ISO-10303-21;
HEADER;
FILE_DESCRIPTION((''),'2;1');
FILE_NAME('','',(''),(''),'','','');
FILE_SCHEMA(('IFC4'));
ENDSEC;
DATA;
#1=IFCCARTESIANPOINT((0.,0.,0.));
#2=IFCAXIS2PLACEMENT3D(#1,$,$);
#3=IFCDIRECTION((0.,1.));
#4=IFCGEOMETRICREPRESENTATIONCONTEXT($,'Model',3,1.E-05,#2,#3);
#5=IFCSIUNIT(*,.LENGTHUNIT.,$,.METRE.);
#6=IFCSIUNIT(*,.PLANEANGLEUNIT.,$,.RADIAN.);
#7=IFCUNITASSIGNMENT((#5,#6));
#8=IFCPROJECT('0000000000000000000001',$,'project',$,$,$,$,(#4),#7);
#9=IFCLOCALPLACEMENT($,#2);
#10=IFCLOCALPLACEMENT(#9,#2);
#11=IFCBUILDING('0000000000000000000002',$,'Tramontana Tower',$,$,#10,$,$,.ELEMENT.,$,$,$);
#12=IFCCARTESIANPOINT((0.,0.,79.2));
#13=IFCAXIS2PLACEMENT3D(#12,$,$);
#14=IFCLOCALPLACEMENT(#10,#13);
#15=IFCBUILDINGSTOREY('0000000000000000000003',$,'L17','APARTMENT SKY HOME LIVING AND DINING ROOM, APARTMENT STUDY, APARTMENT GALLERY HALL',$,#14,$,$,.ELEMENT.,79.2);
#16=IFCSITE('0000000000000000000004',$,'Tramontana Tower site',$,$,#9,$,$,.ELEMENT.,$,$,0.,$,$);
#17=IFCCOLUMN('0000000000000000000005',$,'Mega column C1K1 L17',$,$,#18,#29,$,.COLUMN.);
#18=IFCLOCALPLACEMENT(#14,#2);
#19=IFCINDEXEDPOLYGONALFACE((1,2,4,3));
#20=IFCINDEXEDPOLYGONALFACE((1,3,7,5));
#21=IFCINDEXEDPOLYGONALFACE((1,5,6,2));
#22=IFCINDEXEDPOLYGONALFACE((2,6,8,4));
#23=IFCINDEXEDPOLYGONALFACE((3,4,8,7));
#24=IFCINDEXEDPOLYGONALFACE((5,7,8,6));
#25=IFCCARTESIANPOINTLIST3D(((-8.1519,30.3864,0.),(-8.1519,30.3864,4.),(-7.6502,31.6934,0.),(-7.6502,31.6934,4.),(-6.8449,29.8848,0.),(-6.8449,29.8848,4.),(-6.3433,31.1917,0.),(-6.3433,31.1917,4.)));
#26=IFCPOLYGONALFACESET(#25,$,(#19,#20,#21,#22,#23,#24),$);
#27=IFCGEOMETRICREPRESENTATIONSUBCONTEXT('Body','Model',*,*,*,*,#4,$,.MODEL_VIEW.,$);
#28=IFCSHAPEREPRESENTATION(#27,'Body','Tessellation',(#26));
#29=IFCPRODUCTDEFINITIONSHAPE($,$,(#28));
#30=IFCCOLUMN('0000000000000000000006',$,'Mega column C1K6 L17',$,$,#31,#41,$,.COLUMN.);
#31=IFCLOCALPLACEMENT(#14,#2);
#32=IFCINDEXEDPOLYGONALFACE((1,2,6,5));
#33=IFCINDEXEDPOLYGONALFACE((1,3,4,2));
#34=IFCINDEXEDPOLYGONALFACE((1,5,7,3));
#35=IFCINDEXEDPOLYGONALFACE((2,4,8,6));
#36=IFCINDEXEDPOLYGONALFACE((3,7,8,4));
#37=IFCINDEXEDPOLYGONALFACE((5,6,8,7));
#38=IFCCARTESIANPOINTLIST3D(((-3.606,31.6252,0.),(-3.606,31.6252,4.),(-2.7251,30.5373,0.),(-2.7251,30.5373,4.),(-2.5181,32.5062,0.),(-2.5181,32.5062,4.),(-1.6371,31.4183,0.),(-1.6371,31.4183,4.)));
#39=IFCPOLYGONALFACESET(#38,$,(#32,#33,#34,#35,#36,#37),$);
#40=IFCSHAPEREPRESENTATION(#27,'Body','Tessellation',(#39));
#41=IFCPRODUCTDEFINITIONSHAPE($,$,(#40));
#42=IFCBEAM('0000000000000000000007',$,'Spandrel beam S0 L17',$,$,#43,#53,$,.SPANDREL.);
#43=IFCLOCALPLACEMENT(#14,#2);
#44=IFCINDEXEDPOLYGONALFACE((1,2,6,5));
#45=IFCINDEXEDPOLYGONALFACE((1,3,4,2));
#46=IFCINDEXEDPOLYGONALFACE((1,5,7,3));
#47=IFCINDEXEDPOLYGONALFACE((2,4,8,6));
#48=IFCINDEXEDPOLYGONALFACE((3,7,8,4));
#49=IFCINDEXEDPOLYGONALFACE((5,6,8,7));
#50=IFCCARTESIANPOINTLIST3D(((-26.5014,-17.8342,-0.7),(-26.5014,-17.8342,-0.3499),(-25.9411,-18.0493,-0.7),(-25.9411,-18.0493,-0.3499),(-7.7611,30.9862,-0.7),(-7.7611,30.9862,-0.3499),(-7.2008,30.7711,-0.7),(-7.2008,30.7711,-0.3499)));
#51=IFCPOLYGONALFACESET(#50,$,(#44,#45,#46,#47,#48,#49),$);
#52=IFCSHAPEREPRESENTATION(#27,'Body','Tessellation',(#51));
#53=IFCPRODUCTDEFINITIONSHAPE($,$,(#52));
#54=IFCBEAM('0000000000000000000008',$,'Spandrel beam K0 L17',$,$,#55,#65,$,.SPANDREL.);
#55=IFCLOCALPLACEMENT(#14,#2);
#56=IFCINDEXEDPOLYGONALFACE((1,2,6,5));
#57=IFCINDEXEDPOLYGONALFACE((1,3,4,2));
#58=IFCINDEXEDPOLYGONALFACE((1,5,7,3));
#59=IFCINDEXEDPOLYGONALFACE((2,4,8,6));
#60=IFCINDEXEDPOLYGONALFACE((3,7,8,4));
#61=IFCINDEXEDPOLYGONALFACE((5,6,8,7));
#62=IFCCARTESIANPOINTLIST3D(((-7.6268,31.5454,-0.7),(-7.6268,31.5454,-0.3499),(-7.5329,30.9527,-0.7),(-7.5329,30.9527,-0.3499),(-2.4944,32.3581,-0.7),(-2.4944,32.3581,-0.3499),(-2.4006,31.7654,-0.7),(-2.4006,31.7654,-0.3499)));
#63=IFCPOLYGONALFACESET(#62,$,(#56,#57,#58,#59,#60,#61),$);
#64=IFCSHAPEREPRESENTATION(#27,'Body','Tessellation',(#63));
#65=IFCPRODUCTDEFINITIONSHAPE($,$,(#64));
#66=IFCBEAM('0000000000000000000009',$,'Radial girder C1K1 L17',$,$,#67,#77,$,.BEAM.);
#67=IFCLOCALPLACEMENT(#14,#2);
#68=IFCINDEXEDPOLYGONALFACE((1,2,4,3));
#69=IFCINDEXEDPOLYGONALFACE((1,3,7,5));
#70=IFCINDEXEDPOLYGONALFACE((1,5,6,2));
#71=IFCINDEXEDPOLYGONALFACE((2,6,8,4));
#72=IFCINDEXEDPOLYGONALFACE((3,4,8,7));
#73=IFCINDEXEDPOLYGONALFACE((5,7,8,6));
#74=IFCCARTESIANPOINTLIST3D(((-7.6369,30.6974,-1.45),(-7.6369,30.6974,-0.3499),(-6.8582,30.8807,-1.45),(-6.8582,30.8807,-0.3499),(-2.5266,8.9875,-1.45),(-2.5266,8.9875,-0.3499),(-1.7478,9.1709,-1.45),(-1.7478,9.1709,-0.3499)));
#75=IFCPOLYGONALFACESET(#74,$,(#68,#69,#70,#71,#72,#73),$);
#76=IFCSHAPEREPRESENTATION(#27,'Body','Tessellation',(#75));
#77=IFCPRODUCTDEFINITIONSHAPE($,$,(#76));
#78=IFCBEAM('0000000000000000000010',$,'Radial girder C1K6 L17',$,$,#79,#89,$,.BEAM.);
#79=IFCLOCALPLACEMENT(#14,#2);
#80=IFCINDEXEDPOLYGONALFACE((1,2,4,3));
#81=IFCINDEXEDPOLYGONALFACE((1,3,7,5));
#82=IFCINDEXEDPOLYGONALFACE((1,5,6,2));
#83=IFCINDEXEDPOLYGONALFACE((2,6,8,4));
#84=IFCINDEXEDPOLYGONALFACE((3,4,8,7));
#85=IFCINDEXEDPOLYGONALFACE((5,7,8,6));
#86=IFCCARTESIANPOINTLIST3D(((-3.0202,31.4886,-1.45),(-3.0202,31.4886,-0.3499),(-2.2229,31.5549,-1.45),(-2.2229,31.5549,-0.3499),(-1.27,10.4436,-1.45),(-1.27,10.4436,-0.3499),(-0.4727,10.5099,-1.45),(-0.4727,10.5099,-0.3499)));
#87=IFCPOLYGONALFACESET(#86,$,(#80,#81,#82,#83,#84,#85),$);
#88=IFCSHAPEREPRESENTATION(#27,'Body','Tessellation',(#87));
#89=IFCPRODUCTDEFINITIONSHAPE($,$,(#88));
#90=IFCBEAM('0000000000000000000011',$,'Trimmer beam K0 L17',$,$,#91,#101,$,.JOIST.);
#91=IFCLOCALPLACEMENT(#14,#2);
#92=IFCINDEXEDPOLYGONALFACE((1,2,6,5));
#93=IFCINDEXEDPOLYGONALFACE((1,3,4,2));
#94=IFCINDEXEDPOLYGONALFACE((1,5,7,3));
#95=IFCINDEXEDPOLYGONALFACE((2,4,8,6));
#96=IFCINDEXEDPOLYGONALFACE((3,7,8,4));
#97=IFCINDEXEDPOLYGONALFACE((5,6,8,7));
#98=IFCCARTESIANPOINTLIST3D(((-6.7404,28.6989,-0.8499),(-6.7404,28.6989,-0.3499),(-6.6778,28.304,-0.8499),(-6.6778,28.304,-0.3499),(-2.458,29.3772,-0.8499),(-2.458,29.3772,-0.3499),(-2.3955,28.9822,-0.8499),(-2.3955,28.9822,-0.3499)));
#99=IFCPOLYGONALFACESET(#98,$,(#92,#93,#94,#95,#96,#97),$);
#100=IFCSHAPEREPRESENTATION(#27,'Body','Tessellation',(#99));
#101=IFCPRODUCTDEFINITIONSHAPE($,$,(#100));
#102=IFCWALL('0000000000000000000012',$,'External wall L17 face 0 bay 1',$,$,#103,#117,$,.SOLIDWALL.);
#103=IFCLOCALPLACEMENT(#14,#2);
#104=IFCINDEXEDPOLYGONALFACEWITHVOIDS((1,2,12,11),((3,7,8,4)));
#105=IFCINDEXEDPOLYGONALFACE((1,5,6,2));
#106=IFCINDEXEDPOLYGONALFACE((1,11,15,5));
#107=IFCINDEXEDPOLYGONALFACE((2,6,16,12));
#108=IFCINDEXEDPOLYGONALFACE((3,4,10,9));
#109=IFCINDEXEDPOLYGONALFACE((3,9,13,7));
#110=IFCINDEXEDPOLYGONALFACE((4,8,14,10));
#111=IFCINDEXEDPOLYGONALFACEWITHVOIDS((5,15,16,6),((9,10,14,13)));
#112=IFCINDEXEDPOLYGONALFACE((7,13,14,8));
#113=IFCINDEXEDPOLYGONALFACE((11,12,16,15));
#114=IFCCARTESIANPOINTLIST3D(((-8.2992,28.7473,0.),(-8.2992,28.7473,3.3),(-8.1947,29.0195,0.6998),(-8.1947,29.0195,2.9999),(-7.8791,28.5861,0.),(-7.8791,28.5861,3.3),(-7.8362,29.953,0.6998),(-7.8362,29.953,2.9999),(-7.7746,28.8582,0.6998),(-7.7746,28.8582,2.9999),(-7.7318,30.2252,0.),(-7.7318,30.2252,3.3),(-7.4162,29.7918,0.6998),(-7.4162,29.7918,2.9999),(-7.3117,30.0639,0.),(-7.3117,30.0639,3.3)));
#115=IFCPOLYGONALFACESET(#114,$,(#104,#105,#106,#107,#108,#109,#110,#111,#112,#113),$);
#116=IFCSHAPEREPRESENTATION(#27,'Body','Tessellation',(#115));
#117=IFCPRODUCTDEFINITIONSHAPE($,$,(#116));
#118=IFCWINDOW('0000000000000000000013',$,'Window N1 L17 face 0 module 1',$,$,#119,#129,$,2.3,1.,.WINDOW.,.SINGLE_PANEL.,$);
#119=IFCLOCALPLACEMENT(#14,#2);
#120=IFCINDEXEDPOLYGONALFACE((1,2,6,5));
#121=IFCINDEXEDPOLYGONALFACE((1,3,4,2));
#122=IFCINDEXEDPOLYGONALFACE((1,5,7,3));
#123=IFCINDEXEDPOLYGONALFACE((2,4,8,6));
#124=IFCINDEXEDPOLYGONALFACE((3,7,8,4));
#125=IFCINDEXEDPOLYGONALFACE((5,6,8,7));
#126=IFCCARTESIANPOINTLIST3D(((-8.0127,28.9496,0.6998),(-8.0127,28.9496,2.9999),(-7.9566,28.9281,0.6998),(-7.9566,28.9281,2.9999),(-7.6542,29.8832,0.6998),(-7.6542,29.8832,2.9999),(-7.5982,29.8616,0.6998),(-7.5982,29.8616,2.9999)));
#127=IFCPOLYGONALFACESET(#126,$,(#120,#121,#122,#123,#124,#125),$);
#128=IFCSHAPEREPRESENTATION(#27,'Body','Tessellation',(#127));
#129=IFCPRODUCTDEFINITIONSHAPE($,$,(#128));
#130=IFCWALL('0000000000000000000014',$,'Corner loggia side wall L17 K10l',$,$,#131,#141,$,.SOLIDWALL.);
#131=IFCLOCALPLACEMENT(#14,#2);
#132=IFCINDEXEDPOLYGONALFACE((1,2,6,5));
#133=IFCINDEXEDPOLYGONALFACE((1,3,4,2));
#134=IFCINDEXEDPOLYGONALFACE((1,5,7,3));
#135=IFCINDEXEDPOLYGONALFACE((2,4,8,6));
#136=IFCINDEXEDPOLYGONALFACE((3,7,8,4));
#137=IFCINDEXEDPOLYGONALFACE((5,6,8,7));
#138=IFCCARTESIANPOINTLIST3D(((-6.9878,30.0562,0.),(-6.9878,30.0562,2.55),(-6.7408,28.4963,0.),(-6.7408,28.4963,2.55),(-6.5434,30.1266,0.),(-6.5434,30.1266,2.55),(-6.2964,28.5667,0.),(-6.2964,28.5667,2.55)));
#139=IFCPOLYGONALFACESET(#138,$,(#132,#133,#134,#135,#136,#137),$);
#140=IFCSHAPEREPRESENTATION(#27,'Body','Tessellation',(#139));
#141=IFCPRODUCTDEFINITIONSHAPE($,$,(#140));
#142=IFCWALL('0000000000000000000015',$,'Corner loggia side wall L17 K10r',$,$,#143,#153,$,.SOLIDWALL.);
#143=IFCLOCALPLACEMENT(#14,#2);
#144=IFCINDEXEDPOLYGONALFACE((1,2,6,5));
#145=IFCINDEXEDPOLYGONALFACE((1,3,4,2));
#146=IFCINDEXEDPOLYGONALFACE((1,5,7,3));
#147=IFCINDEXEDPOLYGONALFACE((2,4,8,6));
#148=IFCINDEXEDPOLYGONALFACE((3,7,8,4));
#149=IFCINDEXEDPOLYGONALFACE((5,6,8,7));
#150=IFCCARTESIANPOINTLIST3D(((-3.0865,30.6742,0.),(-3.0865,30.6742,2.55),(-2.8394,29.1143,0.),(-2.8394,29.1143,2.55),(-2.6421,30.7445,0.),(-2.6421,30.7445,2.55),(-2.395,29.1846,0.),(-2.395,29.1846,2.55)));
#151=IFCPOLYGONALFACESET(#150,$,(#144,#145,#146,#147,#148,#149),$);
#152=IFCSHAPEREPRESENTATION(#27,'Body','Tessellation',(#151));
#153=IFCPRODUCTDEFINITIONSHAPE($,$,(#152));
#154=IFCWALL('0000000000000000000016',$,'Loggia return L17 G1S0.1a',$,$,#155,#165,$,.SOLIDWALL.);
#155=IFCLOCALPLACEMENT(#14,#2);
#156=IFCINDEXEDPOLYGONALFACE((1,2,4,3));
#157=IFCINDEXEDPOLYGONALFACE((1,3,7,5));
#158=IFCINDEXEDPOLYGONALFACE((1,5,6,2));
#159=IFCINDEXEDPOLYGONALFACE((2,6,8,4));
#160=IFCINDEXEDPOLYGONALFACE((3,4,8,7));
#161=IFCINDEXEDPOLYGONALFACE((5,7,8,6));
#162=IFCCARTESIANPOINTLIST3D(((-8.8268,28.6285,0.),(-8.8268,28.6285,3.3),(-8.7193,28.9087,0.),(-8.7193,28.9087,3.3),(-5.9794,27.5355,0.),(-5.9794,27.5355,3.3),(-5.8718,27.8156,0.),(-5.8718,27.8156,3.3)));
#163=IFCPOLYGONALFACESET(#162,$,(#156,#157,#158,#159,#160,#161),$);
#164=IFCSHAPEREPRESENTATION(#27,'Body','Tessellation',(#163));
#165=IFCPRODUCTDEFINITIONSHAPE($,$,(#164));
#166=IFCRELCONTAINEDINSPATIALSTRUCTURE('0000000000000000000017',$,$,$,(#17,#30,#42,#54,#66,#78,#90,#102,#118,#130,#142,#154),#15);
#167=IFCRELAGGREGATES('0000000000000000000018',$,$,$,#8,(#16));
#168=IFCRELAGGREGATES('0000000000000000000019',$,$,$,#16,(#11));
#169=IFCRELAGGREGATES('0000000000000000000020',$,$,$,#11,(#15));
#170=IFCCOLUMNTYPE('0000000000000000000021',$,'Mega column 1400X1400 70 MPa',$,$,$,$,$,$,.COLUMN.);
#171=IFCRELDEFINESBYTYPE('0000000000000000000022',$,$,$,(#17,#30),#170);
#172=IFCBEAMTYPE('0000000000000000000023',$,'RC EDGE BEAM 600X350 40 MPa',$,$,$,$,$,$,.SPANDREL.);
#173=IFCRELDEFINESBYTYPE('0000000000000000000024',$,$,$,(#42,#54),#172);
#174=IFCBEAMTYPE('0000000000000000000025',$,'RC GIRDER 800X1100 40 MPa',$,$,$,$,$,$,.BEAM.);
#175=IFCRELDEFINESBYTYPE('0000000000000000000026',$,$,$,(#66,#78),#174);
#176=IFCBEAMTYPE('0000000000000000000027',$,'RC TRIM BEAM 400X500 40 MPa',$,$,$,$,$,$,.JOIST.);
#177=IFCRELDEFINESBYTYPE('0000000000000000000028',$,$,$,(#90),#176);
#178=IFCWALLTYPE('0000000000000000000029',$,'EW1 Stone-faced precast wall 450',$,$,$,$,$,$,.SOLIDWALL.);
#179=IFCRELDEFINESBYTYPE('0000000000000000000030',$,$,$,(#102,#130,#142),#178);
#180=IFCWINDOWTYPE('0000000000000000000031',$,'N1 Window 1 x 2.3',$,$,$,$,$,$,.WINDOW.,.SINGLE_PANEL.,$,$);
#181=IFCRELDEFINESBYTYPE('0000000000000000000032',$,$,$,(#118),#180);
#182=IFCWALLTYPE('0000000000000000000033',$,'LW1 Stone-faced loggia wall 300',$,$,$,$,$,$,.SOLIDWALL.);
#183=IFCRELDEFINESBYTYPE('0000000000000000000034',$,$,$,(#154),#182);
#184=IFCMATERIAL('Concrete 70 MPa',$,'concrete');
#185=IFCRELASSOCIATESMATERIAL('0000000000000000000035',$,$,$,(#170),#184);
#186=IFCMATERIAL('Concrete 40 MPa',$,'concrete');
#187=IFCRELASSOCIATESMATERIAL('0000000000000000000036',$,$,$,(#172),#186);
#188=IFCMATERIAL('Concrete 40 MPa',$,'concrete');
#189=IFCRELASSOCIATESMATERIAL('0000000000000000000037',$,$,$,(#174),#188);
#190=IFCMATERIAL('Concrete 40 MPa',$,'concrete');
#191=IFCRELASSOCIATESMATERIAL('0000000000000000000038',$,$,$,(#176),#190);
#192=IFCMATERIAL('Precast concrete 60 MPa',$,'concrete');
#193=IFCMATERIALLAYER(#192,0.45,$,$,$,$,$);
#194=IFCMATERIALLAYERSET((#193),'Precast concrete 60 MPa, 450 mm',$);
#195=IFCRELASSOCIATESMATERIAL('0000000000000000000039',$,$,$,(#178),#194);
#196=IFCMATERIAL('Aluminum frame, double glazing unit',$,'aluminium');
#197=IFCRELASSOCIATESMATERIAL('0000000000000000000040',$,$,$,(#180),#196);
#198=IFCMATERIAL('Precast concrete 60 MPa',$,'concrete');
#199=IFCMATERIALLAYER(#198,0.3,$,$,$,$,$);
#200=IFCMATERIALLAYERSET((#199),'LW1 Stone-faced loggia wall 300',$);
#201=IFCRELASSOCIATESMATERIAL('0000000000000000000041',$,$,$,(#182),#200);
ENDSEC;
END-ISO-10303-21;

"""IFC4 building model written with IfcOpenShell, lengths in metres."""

from ifc_helpers import new_model, si_unit, direction, frame, frame_2d, origin, origin_2d, place, context, subcontext, project, spatial, rectangle, extrude, material, layer, layer_set, material_profile, profile_set, type_object, element, fill, save


model = new_model("IFC4")

# Units and contexts
model_context = context("Model", 3, precision=1e-05, world=origin(), true_north=direction((0.0, 1.0)))
body_context = subcontext(model_context, "Body", "Model", "MODEL_VIEW")
ifc_project = project(units=[si_unit("LENGTHUNIT", "METRE"), si_unit("PLANEANGLEUNIT", "RADIAN")], contexts=[model_context])

# Site, building, storey
site_placement = place(None, origin())
site = spatial("IfcSite", under=ifc_project, at=site_placement, Name="Tramontana Tower site", CompositionType="ELEMENT", RefElevation=0.0)
building_placement = place(site_placement, origin())
building = spatial("IfcBuilding", under=site, at=building_placement, Name="Tramontana Tower", CompositionType="ELEMENT")
storey_placement = place(building_placement, frame((0.0, 0.0, 79.2)))
storey = spatial("IfcBuildingStorey", under=building, at=storey_placement, Name="L17", Description="APARTMENT SKY HOME LIVING AND DINING ROOM, APARTMENT STUDY, APARTMENT GALLERY HALL", CompositionType="ELEMENT", Elevation=79.2)

# Columns
ifc_material_1 = material(Name="Concrete 70 MPa", Category="concrete")
ifc_material_profile_1 = material_profile(ifc_material_1, rectangle(XDim=1.3999, YDim=1.3999, at=origin_2d()), Name="Mega column 1400X1400 70 MPa")
ifc_profile_set_1 = profile_set([ifc_material_profile_1], Name="Concrete 70 MPa")
column_type = type_object("IfcColumnType", Name="Mega column 1400X1400 70 MPa", PredefinedType="COLUMN", material=ifc_profile_set_1)
for number, where, z_axis, x_axis, name in (
    (1, (-7.2476, 30.7891, 0.0), (0.0, 0.0, 1.0), (-0.358368, -0.93358, 0.0), "Mega column C1K1 L17"),
    (2, (-2.6216, 31.5217, 0.0), (0.0, 0.0, 1.0), (-0.62932, 0.777146, 0.0), "Mega column C1K6 L17"),
):
    element("IfcColumn", number, at=place(storey_placement, frame(where, z_axis=z_axis, x_axis=x_axis)), inside=storey, type_object=column_type, Name=name, PredefinedType="COLUMN", context=body_context, shape_type="SweptSolid", body=[
        extrude(rectangle(XDim=1.3999, YDim=1.3999, at=origin_2d()), origin(), (0.0, 0.0, 1.0), 4.0),
    ])

# Beams
ifc_material_2 = material(Name="Concrete 40 MPa", Category="concrete")
ifc_material_profile_2 = material_profile(ifc_material_2, rectangle(XDim=0.6001, YDim=0.3501, at=origin_2d()), Name="RC EDGE BEAM 600X350 40 MPa")
ifc_profile_set_2 = profile_set([ifc_material_profile_2], Name="Concrete 40 MPa")
beam_type_1 = type_object("IfcBeamType", Name="RC EDGE BEAM 600X350 40 MPa", PredefinedType="SPANDREL", material=ifc_profile_set_2)
beam_1_placement = place(storey_placement, frame((-7.481, 30.8787, -0.5249), z_axis=(-0.358366, -0.933581, 0.0), x_axis=(0.933581, -0.358366, 0.0)))
element("IfcBeam", 3, at=beam_1_placement, inside=storey, type_object=beam_type_1, Name="Spandrel beam S0 L17", PredefinedType="SPANDREL", context=body_context, shape_type="SweptSolid", body=[
    extrude(rectangle(XDim=0.6001, YDim=0.3501, at=origin_2d()), origin(), (0.0, 0.0, 1.0), 52.2937),
])
beam_2_placement = place(storey_placement, frame((-2.4475, 32.0618, -0.5249), z_axis=(-0.987692, -0.156409, 0.0), x_axis=(0.156409, -0.987692, 0.0)))
element("IfcBeam", 4, at=beam_2_placement, inside=storey, type_object=beam_type_1, Name="Spandrel beam K0 L17", PredefinedType="SPANDREL", context=body_context, shape_type="SweptSolid", body=[
    extrude(rectangle(XDim=0.6001, YDim=0.3501, at=origin_2d()), origin(), (0.0, 0.0, 1.0), 5.1963),
])
ifc_material_3 = material(Name="Concrete 40 MPa", Category="concrete")
ifc_material_profile_3 = material_profile(ifc_material_3, rectangle(XDim=0.8, YDim=1.1001, at=origin_2d()), Name="RC GIRDER 800X1100 40 MPa")
ifc_profile_set_3 = profile_set([ifc_material_profile_3], Name="Concrete 40 MPa")
beam_type_2 = type_object("IfcBeamType", Name="RC GIRDER 800X1100 40 MPa", PredefinedType="BEAM", material=ifc_profile_set_3)
beam_3_placement = place(storey_placement, frame((-7.2476, 30.7891, -0.8999), z_axis=(0.22913, -0.973396, 0.0), x_axis=(0.973396, 0.22913, 0.0)))
element("IfcBeam", 5, at=beam_3_placement, inside=storey, type_object=beam_type_2, Name="Radial girder C1K1 L17", PredefinedType="BEAM", context=body_context, shape_type="SweptSolid", body=[
    extrude(rectangle(XDim=0.8, YDim=1.1001, at=origin_2d()), origin(), (0.0, 0.0, 1.0), 22.3032),
])
beam_4_placement = place(storey_placement, frame((-2.6216, 31.5217, -0.8999), z_axis=(0.082881, -0.996559, 0.0), x_axis=(0.996559, 0.082881, 0.0)))
element("IfcBeam", 6, at=beam_4_placement, inside=storey, type_object=beam_type_2, Name="Radial girder C1K6 L17", PredefinedType="BEAM", context=body_context, shape_type="SweptSolid", body=[
    extrude(rectangle(XDim=0.8, YDim=1.1001, at=origin_2d()), origin(), (0.0, 0.0, 1.0), 21.1177),
])
ifc_material_4 = material(Name="Concrete 40 MPa", Category="concrete")
ifc_material_profile_4 = material_profile(ifc_material_4, rectangle(XDim=0.3999, YDim=0.5, at=origin_2d()), Name="RC TRIM BEAM 400X500 40 MPa")
ifc_profile_set_4 = profile_set([ifc_material_profile_4], Name="Concrete 40 MPa")
beam_type_3 = type_object("IfcBeamType", Name="RC TRIM BEAM 400X500 40 MPa", PredefinedType="JOIST", material=ifc_profile_set_4)
beam_5_placement = place(storey_placement, frame((-2.4268, 29.1797, -0.5999), z_axis=(-0.987689, -0.156431, 0.0), x_axis=(0.156431, -0.987689, 0.0)))
element("IfcBeam", 7, at=beam_5_placement, inside=storey, type_object=beam_type_3, Name="Trimmer beam K0 L17", PredefinedType="JOIST", context=body_context, shape_type="SweptSolid", body=[
    extrude(rectangle(XDim=0.3999, YDim=0.5, at=origin_2d()), origin(), (0.0, 0.0, 1.0), 4.3357),
])

# Wall, opening, window
ifc_material_5 = material(Name="Precast concrete 60 MPa", Category="concrete")
ifc_layer_1 = layer(ifc_material_5, 0.45)
ifc_layer_set_1 = layer_set([ifc_layer_1], Name="Precast concrete 60 MPa, 450 mm")
wall_type_1 = type_object("IfcWallType", Name="EW1 Stone-faced precast wall 450", PredefinedType="SOLIDWALL", material=ifc_layer_set_1)
wall_1_placement = place(storey_placement, frame((-7.5217, 30.1445, 0.0), z_axis=(0.0, 0.0, 1.0), x_axis=(-0.358431, -0.933556, 0.0)))
wall_1 = element("IfcWall", 8, at=wall_1_placement, inside=storey, type_object=wall_type_1, Name="External wall L17 face 0 bay 1", PredefinedType="SOLIDWALL", context=body_context, shape_type="SweptSolid", body=[
    extrude(rectangle(XDim=1.583, YDim=0.45, at=frame_2d((0.7915, 0.0))), origin(), (0.0, 0.0, 1.0), 3.3),
])
opening_1_placement = place(wall_1_placement, frame((0.2915, 0.0, 0.7)))
opening_1 = element("IfcOpeningElement", 9, at=opening_1_placement, cuts=wall_1, PredefinedType="OPENING", context=body_context, shape_type="SweptSolid", body=[
    extrude(rectangle(XDim=1.0, YDim=2.3, at=frame_2d((0.5, 1.1499))), frame((0.0, 0.2349, 0.0), z_axis=(0.0, -1.0, 0.0), x_axis=(1.0, 0.0, 0.0)), (0.0, 0.0, 1.0), 0.47),
])
ifc_material_6 = material(Name="Aluminum frame, double glazing unit", Category="aluminium")
window_type = type_object("IfcWindowType", Name="N1 Window 1 x 2.3", PartitioningType="SINGLE_PANEL", PredefinedType="WINDOW", material=ifc_material_6)
window_placement = place(opening_1_placement, origin())
window = element("IfcWindow", 10, at=window_placement, inside=storey, type_object=window_type, Name="Window N1 L17 face 0 module 1", OverallHeight=2.3, OverallWidth=1.0, PartitioningType="SINGLE_PANEL", PredefinedType="WINDOW", context=body_context, shape_type="SweptSolid", body=[
    extrude(rectangle(XDim=1.0, YDim=2.3, at=frame_2d((0.5, 1.1499))), frame((0.0, 0.03, 0.0), z_axis=(0.0, -1.0, 0.0), x_axis=(1.0, 0.0, 0.0)), (0.0, 0.0, 1.0), 0.0601),
])
fill(opening_1, window)

# Walls
for number, where, z_axis, x_axis, name in (
    (11, (-6.7656, 30.0913, 0.0), (0.0, 0.0, 1.0), (0.156447, -0.987686, 0.0), "Corner loggia side wall L17 K10l"),
    (12, (-2.8643, 30.7092, 0.0), (0.0, 0.0, 1.0), (0.156447, -0.987686, 0.0), "Corner loggia side wall L17 K10r"),
):
    element("IfcWall", number, at=place(storey_placement, frame(where, z_axis=z_axis, x_axis=x_axis)), inside=storey, type_object=wall_type_1, Name=name, PredefinedType="SOLIDWALL", context=body_context, shape_type="SweptSolid", body=[
        extrude(rectangle(XDim=1.5793, YDim=0.45, at=frame_2d((0.7896, 0.0))), origin(), (0.0, 0.0, 1.0), 2.55),
    ])

# Wall
ifc_material_7 = material(Name="Precast concrete 60 MPa", Category="concrete")
ifc_layer_2 = layer(ifc_material_7, 0.3)
ifc_layer_set_2 = layer_set([ifc_layer_2], Name="LW1 Stone-faced loggia wall 300")
wall_type_2 = type_object("IfcWallType", Name="LW1 Stone-faced loggia wall 300", PredefinedType="SOLIDWALL", material=ifc_layer_set_2)
wall_2_placement = place(storey_placement, frame((-8.7729, 28.7686, 0.0), z_axis=(0.0, 0.0, 1.0), x_axis=(0.933581, -0.358368, 0.0)))
element("IfcWall", 13, at=wall_2_placement, inside=storey, type_object=wall_type_2, Name="Loggia return L17 G1S0.1a", PredefinedType="SOLIDWALL", context=body_context, shape_type="SweptSolid", body=[
    extrude(rectangle(XDim=3.05, YDim=0.3, at=frame_2d((1.5249, 0.0))), origin(), (0.0, 0.0, 1.0), 3.3),
])

save(model, "model.ifc")
